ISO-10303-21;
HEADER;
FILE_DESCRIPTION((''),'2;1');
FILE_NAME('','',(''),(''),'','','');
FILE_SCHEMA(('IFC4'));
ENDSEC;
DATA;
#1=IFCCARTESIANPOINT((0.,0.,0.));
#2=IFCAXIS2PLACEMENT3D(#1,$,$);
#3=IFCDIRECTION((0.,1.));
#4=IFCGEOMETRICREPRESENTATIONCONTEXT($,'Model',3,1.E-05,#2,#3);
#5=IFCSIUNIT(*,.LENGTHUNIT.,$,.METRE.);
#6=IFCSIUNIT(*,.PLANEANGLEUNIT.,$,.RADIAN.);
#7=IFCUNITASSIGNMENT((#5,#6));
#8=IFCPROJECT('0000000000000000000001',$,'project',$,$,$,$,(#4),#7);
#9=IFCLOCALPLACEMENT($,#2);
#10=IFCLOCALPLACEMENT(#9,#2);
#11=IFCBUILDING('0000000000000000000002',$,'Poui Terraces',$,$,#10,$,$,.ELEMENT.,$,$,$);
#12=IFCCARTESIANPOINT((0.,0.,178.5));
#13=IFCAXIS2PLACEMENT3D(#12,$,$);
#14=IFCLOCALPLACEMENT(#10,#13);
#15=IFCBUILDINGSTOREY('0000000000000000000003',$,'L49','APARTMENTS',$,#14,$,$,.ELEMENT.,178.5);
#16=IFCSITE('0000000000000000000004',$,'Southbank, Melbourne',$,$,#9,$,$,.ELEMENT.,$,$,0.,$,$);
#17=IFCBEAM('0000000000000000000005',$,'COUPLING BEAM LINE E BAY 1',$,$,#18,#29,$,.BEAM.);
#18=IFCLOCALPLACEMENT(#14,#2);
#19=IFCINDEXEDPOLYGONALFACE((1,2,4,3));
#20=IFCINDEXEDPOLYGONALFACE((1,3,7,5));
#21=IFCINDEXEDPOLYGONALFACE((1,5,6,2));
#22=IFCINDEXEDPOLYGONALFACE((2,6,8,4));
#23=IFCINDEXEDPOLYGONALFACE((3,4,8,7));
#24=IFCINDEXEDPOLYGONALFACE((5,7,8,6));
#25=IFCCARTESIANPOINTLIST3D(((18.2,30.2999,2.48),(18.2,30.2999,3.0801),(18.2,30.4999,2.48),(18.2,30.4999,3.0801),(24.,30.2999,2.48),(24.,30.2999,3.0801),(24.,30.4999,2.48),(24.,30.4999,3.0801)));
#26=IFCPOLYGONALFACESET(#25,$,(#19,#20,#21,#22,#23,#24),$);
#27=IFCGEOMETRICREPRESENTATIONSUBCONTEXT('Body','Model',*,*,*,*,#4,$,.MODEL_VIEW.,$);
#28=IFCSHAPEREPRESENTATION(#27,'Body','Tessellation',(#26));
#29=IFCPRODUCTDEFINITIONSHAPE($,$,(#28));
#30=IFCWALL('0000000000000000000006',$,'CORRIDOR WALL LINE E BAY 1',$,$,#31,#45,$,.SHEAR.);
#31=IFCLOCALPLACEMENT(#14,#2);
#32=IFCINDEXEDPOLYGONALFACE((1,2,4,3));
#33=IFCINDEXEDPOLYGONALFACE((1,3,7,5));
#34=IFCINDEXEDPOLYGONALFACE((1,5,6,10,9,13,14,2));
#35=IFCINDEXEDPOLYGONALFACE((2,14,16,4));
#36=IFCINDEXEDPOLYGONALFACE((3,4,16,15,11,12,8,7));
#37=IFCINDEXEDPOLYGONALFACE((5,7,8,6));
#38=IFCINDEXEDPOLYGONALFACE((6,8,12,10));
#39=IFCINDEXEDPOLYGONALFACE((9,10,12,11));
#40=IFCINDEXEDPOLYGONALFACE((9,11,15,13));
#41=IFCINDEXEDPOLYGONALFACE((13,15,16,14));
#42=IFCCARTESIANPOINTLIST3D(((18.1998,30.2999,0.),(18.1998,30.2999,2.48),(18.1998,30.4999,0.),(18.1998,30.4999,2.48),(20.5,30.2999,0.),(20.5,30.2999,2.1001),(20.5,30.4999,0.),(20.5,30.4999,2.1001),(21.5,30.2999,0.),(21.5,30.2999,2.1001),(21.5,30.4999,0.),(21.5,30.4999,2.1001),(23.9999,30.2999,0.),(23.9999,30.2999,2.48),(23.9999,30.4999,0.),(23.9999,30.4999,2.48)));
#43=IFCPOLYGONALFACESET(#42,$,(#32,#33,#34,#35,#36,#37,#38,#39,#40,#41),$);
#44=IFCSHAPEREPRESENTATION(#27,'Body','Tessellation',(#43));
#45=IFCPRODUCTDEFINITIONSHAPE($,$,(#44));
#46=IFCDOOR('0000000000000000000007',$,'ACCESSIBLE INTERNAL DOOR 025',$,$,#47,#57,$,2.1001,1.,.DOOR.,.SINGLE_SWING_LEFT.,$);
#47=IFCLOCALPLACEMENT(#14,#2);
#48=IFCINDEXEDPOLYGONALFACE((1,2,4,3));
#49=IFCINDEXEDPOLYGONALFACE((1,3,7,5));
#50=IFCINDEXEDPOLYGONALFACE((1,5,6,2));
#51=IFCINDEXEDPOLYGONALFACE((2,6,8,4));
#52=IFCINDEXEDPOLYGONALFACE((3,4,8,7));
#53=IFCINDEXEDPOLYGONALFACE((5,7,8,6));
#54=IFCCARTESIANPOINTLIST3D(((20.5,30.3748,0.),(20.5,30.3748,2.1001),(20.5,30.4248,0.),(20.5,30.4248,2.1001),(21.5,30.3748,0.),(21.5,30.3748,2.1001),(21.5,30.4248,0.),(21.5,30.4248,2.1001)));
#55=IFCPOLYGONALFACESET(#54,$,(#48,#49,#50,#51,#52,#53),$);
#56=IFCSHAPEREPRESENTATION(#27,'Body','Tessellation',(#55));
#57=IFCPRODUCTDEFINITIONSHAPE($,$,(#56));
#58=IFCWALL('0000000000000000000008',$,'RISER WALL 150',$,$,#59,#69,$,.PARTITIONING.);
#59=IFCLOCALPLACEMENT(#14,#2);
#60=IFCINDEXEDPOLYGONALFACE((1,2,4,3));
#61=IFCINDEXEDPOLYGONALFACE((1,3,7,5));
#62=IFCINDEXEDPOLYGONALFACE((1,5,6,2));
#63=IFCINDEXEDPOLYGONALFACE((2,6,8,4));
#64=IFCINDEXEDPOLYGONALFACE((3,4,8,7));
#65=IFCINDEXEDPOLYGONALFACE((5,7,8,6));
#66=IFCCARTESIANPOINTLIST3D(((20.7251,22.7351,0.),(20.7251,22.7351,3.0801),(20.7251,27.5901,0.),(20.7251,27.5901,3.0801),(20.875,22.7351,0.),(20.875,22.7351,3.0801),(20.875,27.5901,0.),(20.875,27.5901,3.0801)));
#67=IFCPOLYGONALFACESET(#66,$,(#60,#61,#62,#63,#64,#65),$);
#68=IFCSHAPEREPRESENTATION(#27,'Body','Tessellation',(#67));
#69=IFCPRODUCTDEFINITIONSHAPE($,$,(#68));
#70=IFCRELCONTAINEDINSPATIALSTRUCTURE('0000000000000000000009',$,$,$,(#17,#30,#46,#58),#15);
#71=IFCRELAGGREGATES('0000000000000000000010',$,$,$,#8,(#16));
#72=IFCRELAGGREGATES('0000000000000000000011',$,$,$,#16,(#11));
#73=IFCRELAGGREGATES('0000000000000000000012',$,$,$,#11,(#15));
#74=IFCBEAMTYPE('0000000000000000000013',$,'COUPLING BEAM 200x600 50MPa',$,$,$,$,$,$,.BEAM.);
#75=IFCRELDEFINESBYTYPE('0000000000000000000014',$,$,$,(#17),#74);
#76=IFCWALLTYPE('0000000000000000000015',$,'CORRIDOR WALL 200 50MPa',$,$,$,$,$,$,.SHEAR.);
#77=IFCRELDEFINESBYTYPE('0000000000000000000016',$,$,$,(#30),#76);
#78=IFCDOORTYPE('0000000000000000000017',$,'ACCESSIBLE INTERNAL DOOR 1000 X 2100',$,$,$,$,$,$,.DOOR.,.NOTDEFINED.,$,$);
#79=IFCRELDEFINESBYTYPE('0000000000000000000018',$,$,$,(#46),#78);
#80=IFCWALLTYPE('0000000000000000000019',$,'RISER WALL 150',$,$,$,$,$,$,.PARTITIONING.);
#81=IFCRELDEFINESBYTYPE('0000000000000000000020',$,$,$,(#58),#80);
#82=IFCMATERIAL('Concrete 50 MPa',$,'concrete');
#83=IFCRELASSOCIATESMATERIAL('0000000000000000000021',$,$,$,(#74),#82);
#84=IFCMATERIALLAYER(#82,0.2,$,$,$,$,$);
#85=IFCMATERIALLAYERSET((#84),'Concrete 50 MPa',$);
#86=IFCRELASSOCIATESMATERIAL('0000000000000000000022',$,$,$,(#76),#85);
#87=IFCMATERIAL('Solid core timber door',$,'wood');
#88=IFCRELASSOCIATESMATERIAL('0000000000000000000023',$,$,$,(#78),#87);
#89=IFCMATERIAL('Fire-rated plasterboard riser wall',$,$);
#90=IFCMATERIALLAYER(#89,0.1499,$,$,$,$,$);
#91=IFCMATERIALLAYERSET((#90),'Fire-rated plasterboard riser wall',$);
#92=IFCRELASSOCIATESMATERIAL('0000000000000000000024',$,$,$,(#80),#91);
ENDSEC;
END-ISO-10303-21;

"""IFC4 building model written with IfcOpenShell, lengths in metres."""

from ifc_helpers import new_model, si_unit, direction, frame, frame_2d, origin, origin_2d, place, context, subcontext, project, spatial, rectangle, extrude, source, transform, mapped, material, layer, layer_set, material_profile, profile_set, type_object, element, fill, save


model = new_model("IFC4")

# Units and contexts
model_context = context("Model", 3, precision=1e-05, world=origin(), true_north=direction((0.0, 1.0)))
body_context = subcontext(model_context, "Body", "Model", "MODEL_VIEW")
ifc_project = project(units=[si_unit("LENGTHUNIT", "METRE"), si_unit("PLANEANGLEUNIT", "RADIAN")], contexts=[model_context])

# Site, building, storey
site_placement = place(None, origin())
site = spatial("IfcSite", under=ifc_project, at=site_placement, Name="Southbank, Melbourne", CompositionType="ELEMENT", RefElevation=0.0)
building_placement = place(site_placement, origin())
building = spatial("IfcBuilding", under=site, at=building_placement, Name="Poui Terraces", CompositionType="ELEMENT")
storey_placement = place(building_placement, frame((0.0, 0.0, 178.5)))
storey = spatial("IfcBuildingStorey", under=building, at=storey_placement, Name="L49", Description="APARTMENTS", CompositionType="ELEMENT", Elevation=178.5)

# Beam
ifc_material_1 = material(Name="Concrete 50 MPa", Category="concrete")
ifc_material_profile = material_profile(ifc_material_1, rectangle(XDim=0.2, YDim=0.6001, at=origin_2d()), Name="RC 200x600")
ifc_profile_set = profile_set([ifc_material_profile], Name="Concrete 50 MPa")
beam_type = type_object("IfcBeamType", Name="COUPLING BEAM 200x600 50MPa", PredefinedType="BEAM", material=ifc_profile_set)
shared_shape = source(origin(), body_context, "Body", "SweptSolid", [
    extrude(rectangle(XDim=0.2, YDim=0.6001, at=origin_2d()), origin(), (0.0, 0.0, 1.0), 5.8),
])
beam_placement = place(storey_placement, frame((18.2, 30.3999, 2.78), z_axis=(1.0, 0.0, 0.0), x_axis=(0.0, 1.0, 0.0)))
element("IfcBeam", 1, at=beam_placement, inside=storey, type_object=beam_type, Name="COUPLING BEAM LINE E BAY 1", PredefinedType="BEAM", context=body_context, shape_type="MappedRepresentation", body=[
    mapped(shared_shape, transform((0.0, 0.0, 0.0))),
])

# Wall, opening, door
ifc_layer_1 = layer(ifc_material_1, 0.2)
ifc_layer_set_1 = layer_set([ifc_layer_1], Name="Concrete 50 MPa")
wall_type_1 = type_object("IfcWallType", Name="CORRIDOR WALL 200 50MPa", PredefinedType="SHEAR", material=ifc_layer_set_1)
wall_1_placement = place(storey_placement, frame((18.2, 30.3999, 0.0), z_axis=(0.0, 0.0, 1.0), x_axis=(1.0, 0.0, 0.0)))
wall_1 = element("IfcWall", 2, at=wall_1_placement, inside=storey, type_object=wall_type_1, Name="CORRIDOR WALL LINE E BAY 1", PredefinedType="SHEAR", context=body_context, shape_type="SweptSolid", body=[
    extrude(rectangle(XDim=5.8, YDim=0.2, at=frame_2d((2.8999, 0.0))), origin(), (0.0, 0.0, 1.0), 2.48),
])
opening_1_placement = place(wall_1_placement, frame((2.3, 0.0, 0.0)))
opening_1 = element("IfcOpeningElement", 3, at=opening_1_placement, cuts=wall_1, PredefinedType="OPENING", context=body_context, shape_type="SweptSolid", body=[
    extrude(rectangle(XDim=1.0, YDim=2.1001, at=frame_2d((0.5, 1.05))), frame((0.0, 0.1099, 0.0), z_axis=(0.0, -1.0, 0.0), x_axis=(1.0, 0.0, 0.0)), (0.0, 0.0, 1.0), 0.22),
])
ifc_material_2 = material(Name="Solid core timber door", Category="wood")
door_type_1 = type_object("IfcDoorType", Name="ACCESSIBLE INTERNAL DOOR 1000 X 2100", OperationType="NOTDEFINED", PredefinedType="DOOR", material=ifc_material_2)
door_1_placement = place(opening_1_placement, origin())
door_1 = element("IfcDoor", 4, at=door_1_placement, inside=storey, type_object=door_type_1, Name="ACCESSIBLE INTERNAL DOOR 025", OperationType="SINGLE_SWING_LEFT", OverallHeight=2.1001, OverallWidth=1.0, PredefinedType="DOOR", context=body_context, shape_type="SweptSolid", body=[
    extrude(rectangle(XDim=1.0, YDim=2.1001, at=frame_2d((0.5, 1.05))), frame((0.0, 0.0249, 0.0), z_axis=(0.0, -1.0, 0.0), x_axis=(1.0, 0.0, 0.0)), (0.0, 0.0, 1.0), 0.05),
])
fill(opening_1, door_1)

# Wall
ifc_material_3 = material(Name="Fire-rated plasterboard riser wall")
ifc_layer_2 = layer(ifc_material_3, 0.1499)
ifc_layer_set_2 = layer_set([ifc_layer_2], Name="Fire-rated plasterboard riser wall")
wall_type_2 = type_object("IfcWallType", Name="RISER WALL 150", PredefinedType="PARTITIONING", material=ifc_layer_set_2)
wall_2_placement = place(storey_placement, frame((20.8, 22.7351, 0.0), z_axis=(0.0, 0.0, 1.0), x_axis=(0.0, 1.0, 0.0)))
element("IfcWall", 5, at=wall_2_placement, inside=storey, type_object=wall_type_2, Name="RISER WALL 150", PredefinedType="PARTITIONING", context=body_context, shape_type="SweptSolid", body=[
    extrude(rectangle(XDim=4.855, YDim=0.1499, at=frame_2d((2.4275, 0.0))), origin(), (0.0, 0.0, 1.0), 3.0801),
])

save(model, "model.ifc")
